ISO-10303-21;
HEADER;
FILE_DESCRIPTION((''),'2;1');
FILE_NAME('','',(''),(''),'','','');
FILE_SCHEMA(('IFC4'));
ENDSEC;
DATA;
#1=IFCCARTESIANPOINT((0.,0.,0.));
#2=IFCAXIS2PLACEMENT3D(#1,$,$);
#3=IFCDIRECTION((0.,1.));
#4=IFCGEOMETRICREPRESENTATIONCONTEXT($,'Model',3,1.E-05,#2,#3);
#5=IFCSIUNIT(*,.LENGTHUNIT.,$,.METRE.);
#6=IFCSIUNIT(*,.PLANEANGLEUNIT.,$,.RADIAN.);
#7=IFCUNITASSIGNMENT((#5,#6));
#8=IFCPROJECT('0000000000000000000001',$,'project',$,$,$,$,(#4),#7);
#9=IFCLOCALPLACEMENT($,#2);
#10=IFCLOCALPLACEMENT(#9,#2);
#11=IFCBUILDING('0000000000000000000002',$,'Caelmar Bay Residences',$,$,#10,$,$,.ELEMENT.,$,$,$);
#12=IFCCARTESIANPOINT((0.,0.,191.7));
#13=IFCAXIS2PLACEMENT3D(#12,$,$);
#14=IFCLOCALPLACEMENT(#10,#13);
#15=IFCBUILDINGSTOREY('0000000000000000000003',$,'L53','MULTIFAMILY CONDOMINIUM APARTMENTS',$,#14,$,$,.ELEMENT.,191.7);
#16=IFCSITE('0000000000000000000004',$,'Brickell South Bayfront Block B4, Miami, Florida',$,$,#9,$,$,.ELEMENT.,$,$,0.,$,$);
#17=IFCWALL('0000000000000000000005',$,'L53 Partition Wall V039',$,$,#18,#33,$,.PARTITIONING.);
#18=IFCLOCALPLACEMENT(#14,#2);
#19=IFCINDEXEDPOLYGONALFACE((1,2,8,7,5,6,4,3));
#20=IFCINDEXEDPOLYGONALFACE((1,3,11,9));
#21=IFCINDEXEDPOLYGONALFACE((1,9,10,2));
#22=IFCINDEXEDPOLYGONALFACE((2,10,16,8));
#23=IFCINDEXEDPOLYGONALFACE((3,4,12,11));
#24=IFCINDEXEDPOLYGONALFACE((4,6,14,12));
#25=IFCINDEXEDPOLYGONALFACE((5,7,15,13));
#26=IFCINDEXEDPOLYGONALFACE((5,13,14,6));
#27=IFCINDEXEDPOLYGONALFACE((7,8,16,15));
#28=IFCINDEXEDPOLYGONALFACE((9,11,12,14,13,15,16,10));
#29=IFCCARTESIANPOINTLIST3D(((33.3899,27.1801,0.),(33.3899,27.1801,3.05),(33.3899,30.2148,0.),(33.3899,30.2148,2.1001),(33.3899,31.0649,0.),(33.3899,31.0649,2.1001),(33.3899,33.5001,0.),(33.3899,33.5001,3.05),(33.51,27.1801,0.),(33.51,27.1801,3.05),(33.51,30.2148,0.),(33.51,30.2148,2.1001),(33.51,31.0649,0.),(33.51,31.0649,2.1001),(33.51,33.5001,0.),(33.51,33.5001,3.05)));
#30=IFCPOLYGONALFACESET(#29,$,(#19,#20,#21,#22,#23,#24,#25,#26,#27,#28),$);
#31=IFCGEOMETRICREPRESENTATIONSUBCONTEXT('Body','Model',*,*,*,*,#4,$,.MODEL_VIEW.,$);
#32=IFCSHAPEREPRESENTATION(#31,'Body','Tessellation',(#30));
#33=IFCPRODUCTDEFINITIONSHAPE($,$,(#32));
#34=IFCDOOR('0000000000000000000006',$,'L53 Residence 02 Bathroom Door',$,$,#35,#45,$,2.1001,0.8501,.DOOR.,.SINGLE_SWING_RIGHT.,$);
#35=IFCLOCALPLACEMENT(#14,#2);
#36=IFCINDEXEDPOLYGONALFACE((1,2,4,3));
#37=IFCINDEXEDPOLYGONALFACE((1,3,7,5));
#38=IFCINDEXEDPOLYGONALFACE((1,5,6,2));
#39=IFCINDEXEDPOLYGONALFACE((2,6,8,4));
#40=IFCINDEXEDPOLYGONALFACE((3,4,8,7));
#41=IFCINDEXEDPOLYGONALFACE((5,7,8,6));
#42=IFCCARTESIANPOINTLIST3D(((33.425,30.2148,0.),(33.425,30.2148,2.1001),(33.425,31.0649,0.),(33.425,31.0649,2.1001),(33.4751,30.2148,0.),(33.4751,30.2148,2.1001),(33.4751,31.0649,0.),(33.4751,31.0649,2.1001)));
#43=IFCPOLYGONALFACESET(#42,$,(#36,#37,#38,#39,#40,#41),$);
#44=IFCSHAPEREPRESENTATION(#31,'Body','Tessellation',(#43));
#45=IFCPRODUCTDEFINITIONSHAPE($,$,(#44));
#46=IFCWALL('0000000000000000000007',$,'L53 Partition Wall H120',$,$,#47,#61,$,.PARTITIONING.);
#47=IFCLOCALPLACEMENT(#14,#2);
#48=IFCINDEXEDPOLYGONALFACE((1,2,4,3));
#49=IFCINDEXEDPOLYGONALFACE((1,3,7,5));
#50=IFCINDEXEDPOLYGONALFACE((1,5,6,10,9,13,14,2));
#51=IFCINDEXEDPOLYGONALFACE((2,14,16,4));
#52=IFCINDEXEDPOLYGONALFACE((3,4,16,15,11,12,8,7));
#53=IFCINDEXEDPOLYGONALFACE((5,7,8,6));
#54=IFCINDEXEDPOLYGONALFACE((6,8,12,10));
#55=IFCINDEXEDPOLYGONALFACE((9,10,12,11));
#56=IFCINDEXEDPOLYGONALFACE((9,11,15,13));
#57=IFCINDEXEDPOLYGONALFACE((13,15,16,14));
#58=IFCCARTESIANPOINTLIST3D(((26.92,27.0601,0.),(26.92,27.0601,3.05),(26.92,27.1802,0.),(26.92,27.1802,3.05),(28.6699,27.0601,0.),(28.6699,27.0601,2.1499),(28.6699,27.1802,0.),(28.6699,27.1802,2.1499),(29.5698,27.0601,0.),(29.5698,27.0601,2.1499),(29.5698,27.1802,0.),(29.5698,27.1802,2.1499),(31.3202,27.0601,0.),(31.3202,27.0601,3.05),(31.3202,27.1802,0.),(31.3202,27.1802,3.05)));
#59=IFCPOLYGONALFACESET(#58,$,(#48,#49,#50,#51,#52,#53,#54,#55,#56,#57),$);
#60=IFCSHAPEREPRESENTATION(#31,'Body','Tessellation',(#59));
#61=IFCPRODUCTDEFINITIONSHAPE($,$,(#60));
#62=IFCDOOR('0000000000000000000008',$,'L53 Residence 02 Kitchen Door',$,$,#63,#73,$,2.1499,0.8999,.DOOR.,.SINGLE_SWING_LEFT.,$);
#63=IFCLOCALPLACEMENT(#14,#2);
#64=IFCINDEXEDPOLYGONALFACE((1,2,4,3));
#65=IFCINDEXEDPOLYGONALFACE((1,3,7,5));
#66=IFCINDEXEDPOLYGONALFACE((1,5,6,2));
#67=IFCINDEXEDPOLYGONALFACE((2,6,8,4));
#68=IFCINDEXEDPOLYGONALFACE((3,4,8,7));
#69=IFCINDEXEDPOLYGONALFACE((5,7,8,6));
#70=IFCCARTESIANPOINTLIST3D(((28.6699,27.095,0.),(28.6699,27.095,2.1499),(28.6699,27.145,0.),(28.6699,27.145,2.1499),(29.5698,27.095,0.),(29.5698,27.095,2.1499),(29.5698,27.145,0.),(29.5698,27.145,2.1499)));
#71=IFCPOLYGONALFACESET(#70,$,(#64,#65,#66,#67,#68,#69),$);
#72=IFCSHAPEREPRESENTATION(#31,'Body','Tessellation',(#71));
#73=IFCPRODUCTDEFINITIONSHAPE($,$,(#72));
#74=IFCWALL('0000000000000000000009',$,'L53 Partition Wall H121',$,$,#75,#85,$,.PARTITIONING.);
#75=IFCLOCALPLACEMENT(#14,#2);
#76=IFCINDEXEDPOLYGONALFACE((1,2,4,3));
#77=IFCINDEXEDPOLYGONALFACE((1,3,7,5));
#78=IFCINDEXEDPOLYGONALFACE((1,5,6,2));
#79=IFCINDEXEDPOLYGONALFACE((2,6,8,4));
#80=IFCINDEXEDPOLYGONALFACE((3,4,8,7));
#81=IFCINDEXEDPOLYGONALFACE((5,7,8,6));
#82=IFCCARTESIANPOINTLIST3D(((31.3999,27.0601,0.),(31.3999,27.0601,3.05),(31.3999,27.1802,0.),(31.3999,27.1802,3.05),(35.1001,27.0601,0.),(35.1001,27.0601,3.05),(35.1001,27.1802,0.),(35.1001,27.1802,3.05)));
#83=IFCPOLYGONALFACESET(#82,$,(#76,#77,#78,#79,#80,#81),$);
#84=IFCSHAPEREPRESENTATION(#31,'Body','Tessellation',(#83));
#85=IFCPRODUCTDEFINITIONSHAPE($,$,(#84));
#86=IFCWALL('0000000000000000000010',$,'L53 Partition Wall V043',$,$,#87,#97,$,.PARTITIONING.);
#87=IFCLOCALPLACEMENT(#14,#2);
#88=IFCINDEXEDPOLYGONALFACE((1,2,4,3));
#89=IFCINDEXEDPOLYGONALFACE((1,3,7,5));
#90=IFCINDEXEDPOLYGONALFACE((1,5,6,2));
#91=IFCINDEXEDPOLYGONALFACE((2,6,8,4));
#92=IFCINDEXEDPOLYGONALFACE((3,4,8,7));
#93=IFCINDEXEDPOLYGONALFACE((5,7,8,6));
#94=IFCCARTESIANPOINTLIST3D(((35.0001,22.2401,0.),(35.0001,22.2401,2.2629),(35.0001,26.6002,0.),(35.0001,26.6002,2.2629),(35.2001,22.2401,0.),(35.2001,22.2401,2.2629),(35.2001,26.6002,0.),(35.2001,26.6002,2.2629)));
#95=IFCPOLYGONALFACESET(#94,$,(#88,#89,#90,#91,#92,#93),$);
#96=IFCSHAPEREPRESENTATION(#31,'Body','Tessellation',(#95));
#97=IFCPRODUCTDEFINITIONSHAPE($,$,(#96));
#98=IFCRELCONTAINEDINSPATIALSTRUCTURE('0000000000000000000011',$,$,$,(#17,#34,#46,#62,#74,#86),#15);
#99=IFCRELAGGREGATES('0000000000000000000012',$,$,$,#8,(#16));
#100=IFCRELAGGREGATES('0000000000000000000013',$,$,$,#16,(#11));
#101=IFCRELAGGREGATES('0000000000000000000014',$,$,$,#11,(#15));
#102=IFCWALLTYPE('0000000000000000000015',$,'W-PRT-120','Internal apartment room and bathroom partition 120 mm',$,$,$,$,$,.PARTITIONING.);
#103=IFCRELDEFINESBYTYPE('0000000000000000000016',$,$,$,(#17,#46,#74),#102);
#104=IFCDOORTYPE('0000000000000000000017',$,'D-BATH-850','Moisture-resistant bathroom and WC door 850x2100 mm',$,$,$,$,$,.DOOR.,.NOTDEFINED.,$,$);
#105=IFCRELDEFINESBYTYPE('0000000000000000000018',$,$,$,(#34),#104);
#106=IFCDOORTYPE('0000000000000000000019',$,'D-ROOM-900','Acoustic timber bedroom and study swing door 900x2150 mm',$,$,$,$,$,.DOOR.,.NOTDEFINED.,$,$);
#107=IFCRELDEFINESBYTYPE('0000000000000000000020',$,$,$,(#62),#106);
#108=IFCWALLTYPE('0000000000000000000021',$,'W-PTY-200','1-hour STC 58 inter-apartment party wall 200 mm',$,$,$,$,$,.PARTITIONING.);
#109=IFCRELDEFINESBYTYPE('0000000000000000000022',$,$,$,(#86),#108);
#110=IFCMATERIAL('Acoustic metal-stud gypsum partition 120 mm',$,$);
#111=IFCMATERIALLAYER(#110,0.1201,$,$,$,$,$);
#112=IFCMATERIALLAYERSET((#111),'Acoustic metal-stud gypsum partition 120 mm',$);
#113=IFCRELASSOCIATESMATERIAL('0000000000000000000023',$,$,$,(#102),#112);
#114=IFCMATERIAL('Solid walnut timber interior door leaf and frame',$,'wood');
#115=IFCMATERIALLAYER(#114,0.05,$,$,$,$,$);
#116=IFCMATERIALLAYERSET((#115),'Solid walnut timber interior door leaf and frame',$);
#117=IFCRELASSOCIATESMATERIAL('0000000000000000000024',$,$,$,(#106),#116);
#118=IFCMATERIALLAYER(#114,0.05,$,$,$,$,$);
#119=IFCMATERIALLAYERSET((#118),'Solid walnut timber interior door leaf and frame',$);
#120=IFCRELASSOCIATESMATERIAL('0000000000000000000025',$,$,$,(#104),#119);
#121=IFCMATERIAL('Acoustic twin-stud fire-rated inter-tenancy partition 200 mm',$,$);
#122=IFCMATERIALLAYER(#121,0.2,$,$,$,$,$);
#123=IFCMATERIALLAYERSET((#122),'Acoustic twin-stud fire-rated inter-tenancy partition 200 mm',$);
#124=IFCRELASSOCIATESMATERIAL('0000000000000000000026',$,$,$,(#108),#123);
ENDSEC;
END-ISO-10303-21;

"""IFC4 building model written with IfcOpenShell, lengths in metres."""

from ifc_helpers import new_model, si_unit, direction, frame, frame_2d, origin, place, context, subcontext, project, spatial, rectangle, extrude, material, layer, layer_set, type_object, element, fill, save


model = new_model("IFC4")

# Units and contexts
model_context = context("Model", 3, precision=1e-05, world=origin(), true_north=direction((0.0, 1.0)))
body_context = subcontext(model_context, "Body", "Model", "MODEL_VIEW")
ifc_project = project(units=[si_unit("LENGTHUNIT", "METRE"), si_unit("PLANEANGLEUNIT", "RADIAN")], contexts=[model_context])

# Site, building, storey
site_placement = place(None, origin())
site = spatial("IfcSite", under=ifc_project, at=site_placement, Name="Brickell South Bayfront Block B4, Miami, Florida", CompositionType="ELEMENT", RefElevation=0.0)
building_placement = place(site_placement, origin())
building = spatial("IfcBuilding", under=site, at=building_placement, Name="Caelmar Bay Residences", CompositionType="ELEMENT")
storey_placement = place(building_placement, frame((0.0, 0.0, 191.7)))
storey = spatial("IfcBuildingStorey", under=building, at=storey_placement, Name="L53", Description="MULTIFAMILY CONDOMINIUM APARTMENTS", CompositionType="ELEMENT", Elevation=191.7)

# Shared definitions
ifc_material_1 = material(Name="Acoustic metal-stud gypsum partition 120 mm")
ifc_layer_1 = layer(ifc_material_1, 0.1201)
ifc_layer_set_1 = layer_set([ifc_layer_1], Name="Acoustic metal-stud gypsum partition 120 mm")
wall_type_1 = type_object("IfcWallType", Name="W-PRT-120", Description="Internal apartment room and bathroom partition 120 mm", PredefinedType="PARTITIONING", material=ifc_layer_set_1)
ifc_material_2 = material(Name="Solid walnut timber interior door leaf and frame", Category="wood")
ifc_layer_2 = layer(ifc_material_2, 0.05)
ifc_layer_set_2 = layer_set([ifc_layer_2], Name="Solid walnut timber interior door leaf and frame")
door_type_1 = type_object("IfcDoorType", Name="D-ROOM-900", Description="Acoustic timber bedroom and study swing door 900x2150 mm", OperationType="NOTDEFINED", PredefinedType="DOOR", material=ifc_layer_set_2)

# Walls, openings, doors
wall_1_placement = place(storey_placement, frame((33.45, 27.1799, 0.0), z_axis=(0.0, 0.0, 1.0), x_axis=(0.0, 1.0, 0.0)))
wall_1 = element("IfcWall", 1, at=wall_1_placement, inside=storey, type_object=wall_type_1, Name="L53 Partition Wall V039", PredefinedType="PARTITIONING", context=body_context, shape_type="SweptSolid", body=[
    extrude(rectangle(XDim=6.3201, YDim=0.1201, at=frame_2d((3.1602, 0.0))), origin(), (0.0, 0.0, 1.0), 3.05),
])
opening_1_placement = place(wall_1_placement, frame((3.0349, 0.0, 0.0)))
opening_1 = element("IfcOpeningElement", 2, at=opening_1_placement, cuts=wall_1, PredefinedType="OPENING", context=body_context, shape_type="SweptSolid", body=[
    extrude(rectangle(XDim=0.8501, YDim=2.1001, at=frame_2d((0.425, 1.05))), frame((0.0, 0.0701, 0.0), z_axis=(0.0, -1.0, 0.0), x_axis=(1.0, 0.0, 0.0)), (0.0, 0.0, 1.0), 0.1401),
])
ifc_layer_3 = layer(ifc_material_2, 0.05)
ifc_layer_set_3 = layer_set([ifc_layer_3], Name="Solid walnut timber interior door leaf and frame")
door_type_2 = type_object("IfcDoorType", Name="D-BATH-850", Description="Moisture-resistant bathroom and WC door 850x2100 mm", OperationType="NOTDEFINED", PredefinedType="DOOR", material=ifc_layer_set_3)
door_1_placement = place(opening_1_placement, origin())
door_1 = element("IfcDoor", 3, at=door_1_placement, inside=storey, type_object=door_type_2, Name="L53 Residence 02 Bathroom Door", OperationType="SINGLE_SWING_RIGHT", OverallHeight=2.1001, OverallWidth=0.8501, PredefinedType="DOOR", context=body_context, shape_type="SweptSolid", body=[
    extrude(rectangle(XDim=0.8501, YDim=2.1001, at=frame_2d((0.425, 1.05))), frame((0.0, 0.0249, 0.0), z_axis=(0.0, -1.0, 0.0), x_axis=(1.0, 0.0, 0.0)), (0.0, 0.0, 1.0), 0.05),
])
fill(opening_1, door_1)
wall_2_placement = place(storey_placement, frame((26.9199, 27.1201, 0.0), z_axis=(0.0, 0.0, 1.0), x_axis=(1.0, 0.0, 0.0)))
wall_2 = element("IfcWall", 4, at=wall_2_placement, inside=storey, type_object=wall_type_1, Name="L53 Partition Wall H120", PredefinedType="PARTITIONING", context=body_context, shape_type="SweptSolid", body=[
    extrude(rectangle(XDim=4.4001, YDim=0.1201, at=frame_2d((2.2002, 0.0))), origin(), (0.0, 0.0, 1.0), 3.05),
])
opening_2_placement = place(wall_2_placement, frame((1.75, 0.0, 0.0)))
opening_2 = element("IfcOpeningElement", 5, at=opening_2_placement, cuts=wall_2, PredefinedType="OPENING", context=body_context, shape_type="SweptSolid", body=[
    extrude(rectangle(XDim=0.8999, YDim=2.1499, at=frame_2d((0.45, 1.075))), frame((0.0, 0.0701, 0.0), z_axis=(0.0, -1.0, 0.0), x_axis=(1.0, 0.0, 0.0)), (0.0, 0.0, 1.0), 0.1401),
])
door_2_placement = place(opening_2_placement, origin())
door_2 = element("IfcDoor", 6, at=door_2_placement, inside=storey, type_object=door_type_1, Name="L53 Residence 02 Kitchen Door", OperationType="SINGLE_SWING_LEFT", OverallHeight=2.1499, OverallWidth=0.8999, PredefinedType="DOOR", context=body_context, shape_type="SweptSolid", body=[
    extrude(rectangle(XDim=0.8999, YDim=2.1499, at=frame_2d((0.45, 1.075))), frame((0.0, 0.0249, 0.0), z_axis=(0.0, -1.0, 0.0), x_axis=(1.0, 0.0, 0.0)), (0.0, 0.0, 1.0), 0.05),
])
fill(opening_2, door_2)

# Walls
wall_3_placement = place(storey_placement, frame((31.3999, 27.1201, 0.0), z_axis=(0.0, 0.0, 1.0), x_axis=(1.0, 0.0, 0.0)))
element("IfcWall", 7, at=wall_3_placement, inside=storey, type_object=wall_type_1, Name="L53 Partition Wall H121", PredefinedType="PARTITIONING", context=body_context, shape_type="SweptSolid", body=[
    extrude(rectangle(XDim=3.7002, YDim=0.1201, at=frame_2d((1.8501, 0.0))), origin(), (0.0, 0.0, 1.0), 3.05),
])
ifc_material_3 = material(Name="Acoustic twin-stud fire-rated inter-tenancy partition 200 mm")
ifc_layer_4 = layer(ifc_material_3, 0.2)
ifc_layer_set_4 = layer_set([ifc_layer_4], Name="Acoustic twin-stud fire-rated inter-tenancy partition 200 mm")
wall_type_2 = type_object("IfcWallType", Name="W-PTY-200", Description="1-hour STC 58 inter-apartment party wall 200 mm", PredefinedType="PARTITIONING", material=ifc_layer_set_4)
wall_4_placement = place(storey_placement, frame((35.1001, 22.24, 0.0), z_axis=(0.0, 0.0, 1.0), x_axis=(0.0, 1.0, 0.0)))
element("IfcWall", 8, at=wall_4_placement, inside=storey, type_object=wall_type_2, Name="L53 Partition Wall V043", PredefinedType="PARTITIONING", context=body_context, shape_type="SweptSolid", body=[
    extrude(rectangle(XDim=4.3601, YDim=0.2, at=frame_2d((2.1802, 0.0))), origin(), (0.0, 0.0, 1.0), 2.2629),
])

save(model, "model.ifc")
